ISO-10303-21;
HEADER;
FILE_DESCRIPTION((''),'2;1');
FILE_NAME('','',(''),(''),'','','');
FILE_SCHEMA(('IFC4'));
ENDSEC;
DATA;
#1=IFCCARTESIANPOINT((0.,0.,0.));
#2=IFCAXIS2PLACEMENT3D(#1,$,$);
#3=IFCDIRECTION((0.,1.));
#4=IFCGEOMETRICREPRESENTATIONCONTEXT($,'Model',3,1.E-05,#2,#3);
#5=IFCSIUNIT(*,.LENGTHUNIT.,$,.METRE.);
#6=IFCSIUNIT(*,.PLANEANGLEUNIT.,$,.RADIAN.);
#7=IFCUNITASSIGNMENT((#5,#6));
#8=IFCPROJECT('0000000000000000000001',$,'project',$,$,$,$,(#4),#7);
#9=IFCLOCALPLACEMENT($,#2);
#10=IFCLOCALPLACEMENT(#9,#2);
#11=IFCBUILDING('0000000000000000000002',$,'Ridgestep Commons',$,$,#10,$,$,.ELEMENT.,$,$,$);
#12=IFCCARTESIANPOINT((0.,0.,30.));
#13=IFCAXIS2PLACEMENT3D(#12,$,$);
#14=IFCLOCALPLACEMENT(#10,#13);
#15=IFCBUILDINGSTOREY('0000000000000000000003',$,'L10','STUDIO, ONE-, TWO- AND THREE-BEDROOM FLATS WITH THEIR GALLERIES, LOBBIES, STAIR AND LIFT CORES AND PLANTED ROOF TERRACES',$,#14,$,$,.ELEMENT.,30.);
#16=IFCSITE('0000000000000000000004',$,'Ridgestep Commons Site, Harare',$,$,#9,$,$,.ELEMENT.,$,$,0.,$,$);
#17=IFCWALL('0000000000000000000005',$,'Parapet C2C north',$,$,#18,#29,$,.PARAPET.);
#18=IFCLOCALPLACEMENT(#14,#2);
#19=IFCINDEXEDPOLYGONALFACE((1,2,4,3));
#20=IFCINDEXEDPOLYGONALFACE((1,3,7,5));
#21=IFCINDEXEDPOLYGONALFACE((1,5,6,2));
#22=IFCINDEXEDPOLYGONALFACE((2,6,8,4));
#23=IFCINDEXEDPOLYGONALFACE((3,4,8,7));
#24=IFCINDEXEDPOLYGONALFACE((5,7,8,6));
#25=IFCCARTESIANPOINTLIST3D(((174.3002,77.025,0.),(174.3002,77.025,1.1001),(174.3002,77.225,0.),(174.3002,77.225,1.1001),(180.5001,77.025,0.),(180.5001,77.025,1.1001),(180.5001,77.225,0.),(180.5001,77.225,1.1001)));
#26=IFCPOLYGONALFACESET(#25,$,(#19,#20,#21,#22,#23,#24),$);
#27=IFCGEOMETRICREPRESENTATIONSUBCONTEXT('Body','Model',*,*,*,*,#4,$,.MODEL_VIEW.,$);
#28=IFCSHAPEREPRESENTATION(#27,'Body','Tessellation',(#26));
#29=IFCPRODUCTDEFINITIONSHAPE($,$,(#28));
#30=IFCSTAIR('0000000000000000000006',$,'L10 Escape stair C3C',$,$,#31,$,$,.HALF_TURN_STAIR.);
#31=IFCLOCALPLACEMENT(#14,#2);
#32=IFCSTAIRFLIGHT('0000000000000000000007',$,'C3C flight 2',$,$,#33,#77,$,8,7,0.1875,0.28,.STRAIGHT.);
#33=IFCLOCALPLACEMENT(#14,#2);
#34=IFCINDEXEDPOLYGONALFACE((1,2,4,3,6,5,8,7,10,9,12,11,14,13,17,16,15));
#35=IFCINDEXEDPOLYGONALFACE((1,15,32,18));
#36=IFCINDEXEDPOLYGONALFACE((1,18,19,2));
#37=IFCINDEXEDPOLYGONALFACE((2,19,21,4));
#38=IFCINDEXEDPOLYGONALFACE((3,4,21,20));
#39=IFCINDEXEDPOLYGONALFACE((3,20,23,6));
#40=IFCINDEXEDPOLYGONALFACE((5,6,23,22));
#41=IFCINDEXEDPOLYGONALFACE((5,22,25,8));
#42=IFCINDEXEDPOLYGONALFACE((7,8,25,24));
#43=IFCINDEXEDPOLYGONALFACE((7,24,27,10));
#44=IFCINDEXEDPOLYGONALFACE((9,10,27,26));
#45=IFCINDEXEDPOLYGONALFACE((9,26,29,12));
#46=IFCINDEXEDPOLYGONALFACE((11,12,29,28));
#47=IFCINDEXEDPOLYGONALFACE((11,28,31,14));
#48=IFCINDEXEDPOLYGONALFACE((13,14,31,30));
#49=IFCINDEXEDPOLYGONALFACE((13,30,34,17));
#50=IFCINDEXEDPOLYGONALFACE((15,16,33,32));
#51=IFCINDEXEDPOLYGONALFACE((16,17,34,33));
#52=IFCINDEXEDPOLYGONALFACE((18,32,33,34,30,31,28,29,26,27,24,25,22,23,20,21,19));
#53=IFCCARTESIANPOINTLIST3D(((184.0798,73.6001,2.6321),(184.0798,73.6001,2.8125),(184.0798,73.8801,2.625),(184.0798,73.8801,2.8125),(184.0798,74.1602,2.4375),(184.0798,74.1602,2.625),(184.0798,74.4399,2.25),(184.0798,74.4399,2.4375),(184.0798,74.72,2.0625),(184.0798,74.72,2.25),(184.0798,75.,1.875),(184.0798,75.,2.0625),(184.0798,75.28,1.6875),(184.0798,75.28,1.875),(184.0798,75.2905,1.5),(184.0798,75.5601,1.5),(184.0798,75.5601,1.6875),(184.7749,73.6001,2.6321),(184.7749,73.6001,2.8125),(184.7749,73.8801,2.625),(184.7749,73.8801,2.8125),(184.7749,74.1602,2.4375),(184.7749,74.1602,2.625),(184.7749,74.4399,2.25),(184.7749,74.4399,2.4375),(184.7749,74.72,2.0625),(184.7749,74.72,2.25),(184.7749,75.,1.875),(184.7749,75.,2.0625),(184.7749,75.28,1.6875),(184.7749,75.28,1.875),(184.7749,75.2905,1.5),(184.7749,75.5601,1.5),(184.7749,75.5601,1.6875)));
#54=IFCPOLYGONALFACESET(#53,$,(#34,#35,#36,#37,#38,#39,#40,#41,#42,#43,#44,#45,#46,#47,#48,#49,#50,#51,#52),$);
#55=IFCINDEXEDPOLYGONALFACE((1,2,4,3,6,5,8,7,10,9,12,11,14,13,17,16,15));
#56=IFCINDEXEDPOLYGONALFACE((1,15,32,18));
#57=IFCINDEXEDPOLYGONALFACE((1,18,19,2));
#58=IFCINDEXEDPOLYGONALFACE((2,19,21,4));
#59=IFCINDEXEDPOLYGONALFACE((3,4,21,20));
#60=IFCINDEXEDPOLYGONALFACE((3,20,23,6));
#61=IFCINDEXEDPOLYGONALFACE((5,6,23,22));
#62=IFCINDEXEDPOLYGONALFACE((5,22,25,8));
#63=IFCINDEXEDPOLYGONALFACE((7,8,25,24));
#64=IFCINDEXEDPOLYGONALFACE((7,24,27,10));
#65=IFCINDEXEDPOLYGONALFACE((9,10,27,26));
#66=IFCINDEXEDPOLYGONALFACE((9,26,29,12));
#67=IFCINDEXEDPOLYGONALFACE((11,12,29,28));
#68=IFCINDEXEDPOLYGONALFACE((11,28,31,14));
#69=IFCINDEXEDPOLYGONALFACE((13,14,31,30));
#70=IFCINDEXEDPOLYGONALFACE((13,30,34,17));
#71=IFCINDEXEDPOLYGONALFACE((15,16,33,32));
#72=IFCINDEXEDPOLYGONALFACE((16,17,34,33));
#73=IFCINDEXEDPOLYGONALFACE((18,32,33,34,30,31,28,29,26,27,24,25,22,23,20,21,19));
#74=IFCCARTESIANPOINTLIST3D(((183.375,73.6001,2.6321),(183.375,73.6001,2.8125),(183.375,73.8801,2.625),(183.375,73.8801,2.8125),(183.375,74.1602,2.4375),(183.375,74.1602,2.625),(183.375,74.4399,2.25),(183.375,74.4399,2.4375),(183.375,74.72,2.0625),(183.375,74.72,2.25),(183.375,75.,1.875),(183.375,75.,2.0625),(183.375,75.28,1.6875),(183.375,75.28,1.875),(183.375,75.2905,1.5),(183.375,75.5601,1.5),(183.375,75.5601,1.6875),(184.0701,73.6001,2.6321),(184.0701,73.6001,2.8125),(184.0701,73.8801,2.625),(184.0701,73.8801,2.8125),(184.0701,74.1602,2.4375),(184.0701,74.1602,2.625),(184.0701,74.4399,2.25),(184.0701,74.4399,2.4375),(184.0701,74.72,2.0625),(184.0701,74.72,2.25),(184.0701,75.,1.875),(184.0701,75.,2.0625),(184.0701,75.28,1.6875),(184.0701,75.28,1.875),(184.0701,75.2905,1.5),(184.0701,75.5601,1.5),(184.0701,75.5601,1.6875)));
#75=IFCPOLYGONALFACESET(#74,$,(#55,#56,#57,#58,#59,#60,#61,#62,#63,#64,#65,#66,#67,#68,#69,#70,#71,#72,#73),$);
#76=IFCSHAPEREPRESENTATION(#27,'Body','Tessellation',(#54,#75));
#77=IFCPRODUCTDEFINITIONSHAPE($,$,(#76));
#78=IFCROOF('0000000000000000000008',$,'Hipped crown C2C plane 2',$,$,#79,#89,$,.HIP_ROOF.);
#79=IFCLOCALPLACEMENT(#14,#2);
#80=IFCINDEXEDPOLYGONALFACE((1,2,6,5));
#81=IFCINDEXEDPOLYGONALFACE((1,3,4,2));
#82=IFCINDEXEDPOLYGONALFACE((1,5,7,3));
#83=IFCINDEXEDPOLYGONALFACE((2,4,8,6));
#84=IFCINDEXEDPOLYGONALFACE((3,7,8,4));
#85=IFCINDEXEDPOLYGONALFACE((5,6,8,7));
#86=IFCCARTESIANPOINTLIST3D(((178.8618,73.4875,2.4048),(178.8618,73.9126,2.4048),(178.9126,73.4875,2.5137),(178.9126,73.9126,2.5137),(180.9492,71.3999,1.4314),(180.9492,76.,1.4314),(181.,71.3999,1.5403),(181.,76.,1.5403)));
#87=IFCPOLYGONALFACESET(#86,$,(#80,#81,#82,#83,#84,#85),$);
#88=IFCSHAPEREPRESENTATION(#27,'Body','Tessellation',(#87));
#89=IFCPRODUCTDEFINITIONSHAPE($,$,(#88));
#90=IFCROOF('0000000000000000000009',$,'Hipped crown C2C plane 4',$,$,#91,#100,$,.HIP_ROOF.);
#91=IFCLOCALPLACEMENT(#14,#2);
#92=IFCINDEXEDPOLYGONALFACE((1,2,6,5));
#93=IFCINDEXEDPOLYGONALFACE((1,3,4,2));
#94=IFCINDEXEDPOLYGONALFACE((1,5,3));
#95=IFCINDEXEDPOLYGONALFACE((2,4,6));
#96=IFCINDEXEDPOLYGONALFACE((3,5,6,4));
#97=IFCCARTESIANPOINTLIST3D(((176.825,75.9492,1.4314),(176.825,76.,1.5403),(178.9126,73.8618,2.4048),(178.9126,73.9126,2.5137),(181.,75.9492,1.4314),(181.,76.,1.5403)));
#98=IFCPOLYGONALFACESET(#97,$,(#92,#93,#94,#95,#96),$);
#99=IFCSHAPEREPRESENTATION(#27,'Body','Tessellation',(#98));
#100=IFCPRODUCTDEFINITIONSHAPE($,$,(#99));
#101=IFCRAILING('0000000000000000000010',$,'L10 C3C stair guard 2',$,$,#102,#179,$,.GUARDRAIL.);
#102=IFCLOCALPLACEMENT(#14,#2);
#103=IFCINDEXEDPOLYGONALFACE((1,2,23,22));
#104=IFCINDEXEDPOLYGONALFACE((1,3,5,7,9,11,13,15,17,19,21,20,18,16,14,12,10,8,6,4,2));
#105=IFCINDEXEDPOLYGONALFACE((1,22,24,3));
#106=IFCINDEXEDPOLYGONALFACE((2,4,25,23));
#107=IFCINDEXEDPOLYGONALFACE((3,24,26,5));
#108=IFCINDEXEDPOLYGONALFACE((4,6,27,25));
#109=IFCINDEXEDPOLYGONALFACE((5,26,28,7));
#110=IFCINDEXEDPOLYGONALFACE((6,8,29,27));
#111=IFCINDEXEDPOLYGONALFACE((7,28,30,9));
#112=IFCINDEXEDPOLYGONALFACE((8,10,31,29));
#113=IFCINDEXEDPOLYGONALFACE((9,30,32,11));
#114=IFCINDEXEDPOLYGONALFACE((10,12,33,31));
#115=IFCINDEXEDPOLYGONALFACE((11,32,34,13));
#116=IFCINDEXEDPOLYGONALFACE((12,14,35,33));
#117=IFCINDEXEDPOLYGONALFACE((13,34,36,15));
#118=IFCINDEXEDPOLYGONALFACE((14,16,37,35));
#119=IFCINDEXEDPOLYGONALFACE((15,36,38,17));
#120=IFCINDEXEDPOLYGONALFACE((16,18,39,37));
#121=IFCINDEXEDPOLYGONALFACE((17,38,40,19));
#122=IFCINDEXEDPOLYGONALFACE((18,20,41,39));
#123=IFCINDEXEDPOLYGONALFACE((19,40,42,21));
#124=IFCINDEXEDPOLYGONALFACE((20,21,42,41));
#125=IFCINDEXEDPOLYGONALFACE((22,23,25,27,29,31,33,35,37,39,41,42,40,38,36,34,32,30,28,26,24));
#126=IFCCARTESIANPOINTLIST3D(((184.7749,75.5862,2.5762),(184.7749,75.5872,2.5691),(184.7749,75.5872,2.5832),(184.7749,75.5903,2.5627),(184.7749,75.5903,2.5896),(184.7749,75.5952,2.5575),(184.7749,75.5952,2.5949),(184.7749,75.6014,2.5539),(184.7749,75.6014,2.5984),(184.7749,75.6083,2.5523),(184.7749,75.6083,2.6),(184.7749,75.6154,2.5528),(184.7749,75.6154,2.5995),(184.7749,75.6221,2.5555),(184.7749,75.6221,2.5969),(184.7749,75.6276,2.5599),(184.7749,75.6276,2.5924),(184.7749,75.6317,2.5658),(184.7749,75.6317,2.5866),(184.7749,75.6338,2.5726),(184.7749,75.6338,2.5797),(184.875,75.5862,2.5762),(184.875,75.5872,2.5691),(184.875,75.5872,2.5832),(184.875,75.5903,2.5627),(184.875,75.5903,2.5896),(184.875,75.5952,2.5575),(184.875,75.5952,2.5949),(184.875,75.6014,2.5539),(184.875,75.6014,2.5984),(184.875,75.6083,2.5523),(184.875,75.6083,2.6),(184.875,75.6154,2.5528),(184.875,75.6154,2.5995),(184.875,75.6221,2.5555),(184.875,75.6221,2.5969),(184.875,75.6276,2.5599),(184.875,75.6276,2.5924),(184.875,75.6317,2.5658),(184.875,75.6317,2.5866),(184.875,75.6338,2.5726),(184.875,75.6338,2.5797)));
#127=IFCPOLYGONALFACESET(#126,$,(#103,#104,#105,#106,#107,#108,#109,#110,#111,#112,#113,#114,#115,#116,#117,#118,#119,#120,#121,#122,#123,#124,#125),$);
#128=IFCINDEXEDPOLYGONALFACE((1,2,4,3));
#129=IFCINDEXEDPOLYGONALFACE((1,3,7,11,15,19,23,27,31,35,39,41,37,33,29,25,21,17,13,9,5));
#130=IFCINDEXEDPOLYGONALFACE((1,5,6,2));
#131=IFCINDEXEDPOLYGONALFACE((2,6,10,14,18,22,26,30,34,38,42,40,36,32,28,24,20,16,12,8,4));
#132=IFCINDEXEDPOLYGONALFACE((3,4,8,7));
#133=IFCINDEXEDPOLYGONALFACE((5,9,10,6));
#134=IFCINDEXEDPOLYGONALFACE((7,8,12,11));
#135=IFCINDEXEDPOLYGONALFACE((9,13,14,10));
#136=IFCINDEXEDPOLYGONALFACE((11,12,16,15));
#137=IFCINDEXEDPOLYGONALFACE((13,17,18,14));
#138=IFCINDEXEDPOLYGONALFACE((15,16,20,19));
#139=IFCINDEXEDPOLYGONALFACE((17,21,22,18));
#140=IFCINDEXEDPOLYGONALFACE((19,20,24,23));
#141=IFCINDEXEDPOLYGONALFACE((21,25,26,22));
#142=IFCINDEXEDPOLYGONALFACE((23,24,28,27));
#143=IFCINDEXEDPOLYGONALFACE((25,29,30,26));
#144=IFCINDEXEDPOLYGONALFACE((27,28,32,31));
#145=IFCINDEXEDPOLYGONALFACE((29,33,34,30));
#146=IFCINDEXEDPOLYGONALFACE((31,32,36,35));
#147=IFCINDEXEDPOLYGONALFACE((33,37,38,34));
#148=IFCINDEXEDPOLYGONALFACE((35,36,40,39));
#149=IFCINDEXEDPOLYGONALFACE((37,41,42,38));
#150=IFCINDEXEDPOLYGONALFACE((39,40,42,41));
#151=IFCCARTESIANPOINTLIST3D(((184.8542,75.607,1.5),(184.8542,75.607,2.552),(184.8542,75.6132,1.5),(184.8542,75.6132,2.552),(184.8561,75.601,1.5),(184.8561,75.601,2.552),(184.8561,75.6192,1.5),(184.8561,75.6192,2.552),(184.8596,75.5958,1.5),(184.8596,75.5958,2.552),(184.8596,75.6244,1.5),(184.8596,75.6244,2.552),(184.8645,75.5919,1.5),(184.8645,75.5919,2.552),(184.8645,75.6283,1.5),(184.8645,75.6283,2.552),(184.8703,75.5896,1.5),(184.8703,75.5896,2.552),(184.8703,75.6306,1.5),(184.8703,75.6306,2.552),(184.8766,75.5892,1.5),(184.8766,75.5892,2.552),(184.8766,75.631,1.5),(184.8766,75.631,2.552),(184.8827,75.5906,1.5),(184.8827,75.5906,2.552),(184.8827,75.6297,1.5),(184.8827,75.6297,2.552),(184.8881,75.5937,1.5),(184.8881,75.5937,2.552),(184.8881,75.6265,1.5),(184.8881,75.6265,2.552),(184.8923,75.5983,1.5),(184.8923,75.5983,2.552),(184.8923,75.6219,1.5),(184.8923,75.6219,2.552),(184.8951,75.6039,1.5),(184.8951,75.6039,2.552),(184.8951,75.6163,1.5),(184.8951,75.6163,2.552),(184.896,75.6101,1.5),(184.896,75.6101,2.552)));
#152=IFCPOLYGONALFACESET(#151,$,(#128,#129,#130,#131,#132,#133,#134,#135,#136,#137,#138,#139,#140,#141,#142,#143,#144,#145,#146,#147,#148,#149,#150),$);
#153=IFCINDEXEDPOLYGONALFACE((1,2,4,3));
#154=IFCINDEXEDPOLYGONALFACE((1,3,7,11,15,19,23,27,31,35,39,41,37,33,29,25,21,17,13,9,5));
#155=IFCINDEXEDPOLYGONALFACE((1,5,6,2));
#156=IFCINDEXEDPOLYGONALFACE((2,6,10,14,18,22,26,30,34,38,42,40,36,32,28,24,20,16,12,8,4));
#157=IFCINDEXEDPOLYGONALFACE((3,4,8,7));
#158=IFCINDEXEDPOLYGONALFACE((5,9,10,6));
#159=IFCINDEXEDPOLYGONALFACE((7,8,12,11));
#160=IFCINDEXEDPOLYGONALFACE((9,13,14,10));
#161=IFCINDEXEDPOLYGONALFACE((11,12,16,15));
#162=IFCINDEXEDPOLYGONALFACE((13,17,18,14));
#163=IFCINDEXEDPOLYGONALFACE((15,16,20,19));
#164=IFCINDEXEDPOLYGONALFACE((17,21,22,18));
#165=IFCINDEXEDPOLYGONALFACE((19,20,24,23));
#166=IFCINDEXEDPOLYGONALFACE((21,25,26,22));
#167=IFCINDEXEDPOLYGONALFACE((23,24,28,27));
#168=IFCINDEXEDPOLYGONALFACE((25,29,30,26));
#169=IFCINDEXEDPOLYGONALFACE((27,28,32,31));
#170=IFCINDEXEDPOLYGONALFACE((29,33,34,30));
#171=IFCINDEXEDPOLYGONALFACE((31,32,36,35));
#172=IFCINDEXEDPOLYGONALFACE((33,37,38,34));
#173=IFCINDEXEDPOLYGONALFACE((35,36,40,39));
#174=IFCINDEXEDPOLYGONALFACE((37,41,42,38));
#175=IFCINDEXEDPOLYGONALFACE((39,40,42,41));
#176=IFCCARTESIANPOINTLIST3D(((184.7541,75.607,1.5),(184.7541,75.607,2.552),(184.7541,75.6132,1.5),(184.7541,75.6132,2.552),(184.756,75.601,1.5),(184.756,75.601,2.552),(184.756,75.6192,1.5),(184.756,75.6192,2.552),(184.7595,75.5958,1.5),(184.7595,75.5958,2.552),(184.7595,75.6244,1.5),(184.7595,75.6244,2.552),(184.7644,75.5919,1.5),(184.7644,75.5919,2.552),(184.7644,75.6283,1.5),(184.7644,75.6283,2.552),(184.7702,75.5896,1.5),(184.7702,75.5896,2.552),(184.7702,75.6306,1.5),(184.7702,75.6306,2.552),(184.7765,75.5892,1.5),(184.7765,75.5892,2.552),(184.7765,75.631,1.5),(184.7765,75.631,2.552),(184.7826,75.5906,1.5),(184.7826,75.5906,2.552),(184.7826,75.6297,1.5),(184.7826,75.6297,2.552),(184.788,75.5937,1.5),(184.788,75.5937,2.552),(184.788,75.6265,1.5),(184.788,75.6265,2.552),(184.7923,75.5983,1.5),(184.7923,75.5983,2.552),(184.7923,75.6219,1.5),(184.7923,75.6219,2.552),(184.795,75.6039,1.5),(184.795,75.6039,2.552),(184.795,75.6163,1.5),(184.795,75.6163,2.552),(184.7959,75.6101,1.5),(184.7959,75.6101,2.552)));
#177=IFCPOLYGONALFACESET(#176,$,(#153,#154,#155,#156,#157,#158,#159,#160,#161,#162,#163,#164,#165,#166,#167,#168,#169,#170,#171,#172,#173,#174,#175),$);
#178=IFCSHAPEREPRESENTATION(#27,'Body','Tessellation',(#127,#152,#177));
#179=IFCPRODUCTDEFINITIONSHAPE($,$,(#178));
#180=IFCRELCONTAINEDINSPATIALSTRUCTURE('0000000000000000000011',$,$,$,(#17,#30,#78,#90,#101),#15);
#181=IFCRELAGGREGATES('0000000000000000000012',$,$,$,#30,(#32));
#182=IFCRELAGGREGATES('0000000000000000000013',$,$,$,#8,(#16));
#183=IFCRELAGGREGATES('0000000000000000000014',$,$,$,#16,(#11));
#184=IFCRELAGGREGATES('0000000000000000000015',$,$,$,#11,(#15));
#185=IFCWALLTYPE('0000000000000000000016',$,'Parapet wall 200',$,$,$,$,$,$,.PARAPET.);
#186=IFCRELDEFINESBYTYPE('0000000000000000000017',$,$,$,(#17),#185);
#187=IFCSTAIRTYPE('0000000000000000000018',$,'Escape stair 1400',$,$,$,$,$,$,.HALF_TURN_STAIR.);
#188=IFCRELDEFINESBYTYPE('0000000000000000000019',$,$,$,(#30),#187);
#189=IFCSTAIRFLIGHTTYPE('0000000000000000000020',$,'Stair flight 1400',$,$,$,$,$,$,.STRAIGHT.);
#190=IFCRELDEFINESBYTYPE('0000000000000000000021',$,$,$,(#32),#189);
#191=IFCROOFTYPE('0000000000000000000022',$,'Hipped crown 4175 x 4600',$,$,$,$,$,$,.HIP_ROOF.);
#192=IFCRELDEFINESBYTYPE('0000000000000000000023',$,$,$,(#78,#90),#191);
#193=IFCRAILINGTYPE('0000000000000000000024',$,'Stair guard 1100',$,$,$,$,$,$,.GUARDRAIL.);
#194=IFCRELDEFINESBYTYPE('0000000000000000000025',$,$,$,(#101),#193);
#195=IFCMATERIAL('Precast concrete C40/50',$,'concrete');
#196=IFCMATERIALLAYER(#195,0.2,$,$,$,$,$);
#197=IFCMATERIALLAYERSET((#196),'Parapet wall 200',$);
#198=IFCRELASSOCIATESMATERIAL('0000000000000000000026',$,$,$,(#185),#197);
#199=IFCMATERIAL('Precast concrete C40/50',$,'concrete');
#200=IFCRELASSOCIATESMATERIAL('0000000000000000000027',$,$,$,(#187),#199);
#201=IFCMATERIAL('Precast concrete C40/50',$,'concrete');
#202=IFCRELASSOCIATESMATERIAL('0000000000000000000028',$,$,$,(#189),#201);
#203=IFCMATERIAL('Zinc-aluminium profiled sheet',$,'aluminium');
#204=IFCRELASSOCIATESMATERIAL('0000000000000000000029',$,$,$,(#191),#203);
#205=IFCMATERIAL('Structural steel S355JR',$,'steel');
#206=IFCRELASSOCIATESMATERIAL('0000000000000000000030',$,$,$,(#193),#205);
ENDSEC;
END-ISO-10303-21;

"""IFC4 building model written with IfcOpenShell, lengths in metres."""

from ifc_helpers import new_model, si_unit, direction, frame, frame_2d, origin, origin_2d, place, context, subcontext, project, spatial, polyline, rectangle, circle, outline, extrude, material, layer, layer_set, type_object, element, aggregate, save


model = new_model("IFC4")

# Units and contexts
model_context = context("Model", 3, precision=1e-05, world=origin(), true_north=direction((0.0, 1.0)))
body_context = subcontext(model_context, "Body", "Model", "MODEL_VIEW")
ifc_project = project(units=[si_unit("LENGTHUNIT", "METRE"), si_unit("PLANEANGLEUNIT", "RADIAN")], contexts=[model_context])

# Site, building, storey
site_placement = place(None, origin())
site = spatial("IfcSite", under=ifc_project, at=site_placement, Name="Ridgestep Commons Site, Harare", CompositionType="ELEMENT", RefElevation=0.0)
building_placement = place(site_placement, origin())
building = spatial("IfcBuilding", under=site, at=building_placement, Name="Ridgestep Commons", CompositionType="ELEMENT")
storey_placement = place(building_placement, frame((0.0, 0.0, 30.0)))
storey = spatial("IfcBuildingStorey", under=building, at=storey_placement, Name="L10", Description="STUDIO, ONE-, TWO- AND THREE-BEDROOM FLATS WITH THEIR GALLERIES, LOBBIES, STAIR AND LIFT CORES AND PLANTED ROOF TERRACES", CompositionType="ELEMENT", Elevation=30.0)

# Wall
ifc_material_1 = material(Name="Precast concrete C40/50", Category="concrete")
ifc_layer_1 = layer(ifc_material_1, 0.2)
ifc_layer_set_1 = layer_set([ifc_layer_1], Name="Parapet wall 200")
wall_type_1 = type_object("IfcWallType", Name="Parapet wall 200", PredefinedType="PARAPET", material=ifc_layer_set_1)
wall_1_placement = place(storey_placement, frame((174.3, 77.125, 0.0), z_axis=(0.0, 0.0, 1.0), x_axis=(1.0, 0.0, 0.0)))
element("IfcWall", 1, at=wall_1_placement, inside=storey, type_object=wall_type_1, Name="Parapet C2C north", PredefinedType="PARAPET", context=body_context, shape_type="SweptSolid", body=[
    extrude(rectangle(XDim=6.2, YDim=0.2, at=frame_2d((3.1001, 0.0))), origin(), (0.0, 0.0, 1.0), 1.1001),
])

# Stair, stair flight
ifc_material_2 = material(Name="Precast concrete C40/50", Category="concrete")
stair_type = type_object("IfcStairType", Name="Escape stair 1400", PredefinedType="HALF_TURN_STAIR", material=ifc_material_2)
stair_placement = place(storey_placement, origin())
stair = element("IfcStair", 2, at=stair_placement, inside=storey, type_object=stair_type, Name="L10 Escape stair C3C", PredefinedType="HALF_TURN_STAIR")
ifc_material_3 = material(Name="Precast concrete C40/50", Category="concrete")
stair_flight_type = type_object("IfcStairFlightType", Name="Stair flight 1400", PredefinedType="STRAIGHT", material=ifc_material_3)
stair_flight_placement = place(storey_placement, frame((184.075, 75.5601, 1.5), z_axis=(0.0, 0.0, 1.0), x_axis=(0.0, -1.0, 0.0)))
stair_flight = element("IfcStairFlight", 3, at=stair_flight_placement, type_object=stair_flight_type, Name="C3C flight 2", NumberOfRisers=8, NumberOfTreads=7, PredefinedType="STRAIGHT", RiserHeight=0.1875, TreadLength=0.28, context=body_context, shape_type="SweptSolid", body=[
    extrude(outline(polyline([(0.0, 0.0), (0.0, 0.1875), (0.28, 0.1875), (0.28, 0.375), (0.5601, 0.375), (0.5601, 0.5625), (0.8401, 0.5625), (0.8401, 0.75), (1.1201, 0.75), (1.1201, 0.9375), (1.3999, 0.9375), (1.3999, 1.125), (1.6799, 1.125), (1.6799, 1.3125), (1.96, 1.3125), (1.96, 1.5), (1.96, 1.1321), (0.2695, 0.0), (0.0, 0.0)])), frame((0.0, 0.7, 0.0), z_axis=(0.0, -1.0, 0.0), x_axis=(1.0, 0.0, 0.0)), (0.0, 0.0, 1.0), 0.6951),
    extrude(outline(polyline([(0.0, 0.0), (0.0, 0.1875), (0.28, 0.1875), (0.28, 0.375), (0.5601, 0.375), (0.5601, 0.5625), (0.8401, 0.5625), (0.8401, 0.75), (1.1201, 0.75), (1.1201, 0.9375), (1.3999, 0.9375), (1.3999, 1.125), (1.6799, 1.125), (1.6799, 1.3125), (1.96, 1.3125), (1.96, 1.5), (1.96, 1.1321), (0.2695, 0.0), (0.0, 0.0)])), frame((0.0, -0.0049, 0.0), z_axis=(0.0, -1.0, 0.0), x_axis=(1.0, 0.0, 0.0)), (0.0, 0.0, 1.0), 0.6951),
])
aggregate(stair, [stair_flight])

# Roofs
ifc_material_4 = material(Name="Zinc-aluminium profiled sheet", Category="aluminium")
roof_type = type_object("IfcRoofType", Name="Hipped crown 4175 x 4600", PredefinedType="HIP_ROOF", material=ifc_material_4)
roof_1_placement = place(storey_placement, frame((181.0, 76.0, 1.5403), z_axis=(0.422624, 0.0, 0.906305), x_axis=(0.0, -1.0, 0.0)))
element("IfcRoof", 4, at=roof_1_placement, inside=storey, type_object=roof_type, Name="Hipped crown C2C plane 2", PredefinedType="HIP_ROOF", context=body_context, shape_type="SweptSolid", body=[
    extrude(outline(polyline([(0.0, 0.0), (4.6001, 0.0), (2.5125, -2.3032), (2.0874, -2.3032), (0.0, 0.0)])), origin(), (0.0, 0.0, -1.0), 0.1201),
])
roof_2_placement = place(storey_placement, frame((176.825, 76.0, 1.5403), z_axis=(0.0, 0.422624, 0.906305), x_axis=(1.0, 0.0, 0.0)))
element("IfcRoof", 5, at=roof_2_placement, inside=storey, type_object=roof_type, Name="Hipped crown C2C plane 4", PredefinedType="HIP_ROOF", context=body_context, shape_type="SweptSolid", body=[
    extrude(outline(polyline([(0.0, 0.0), (4.175, 0.0), (2.0876, -2.3032), (0.0, 0.0)])), origin(), (0.0, 0.0, -1.0), 0.1201),
])

# Railing
ifc_material_5 = material(Name="Structural steel S355JR", Category="steel")
railing_type_1 = type_object("IfcRailingType", Name="Stair guard 1100", PredefinedType="GUARDRAIL", material=ifc_material_5)
railing_1_placement = place(storey_placement, frame((184.875, 75.6101, 1.5)))
element("IfcRailing", 6, at=railing_1_placement, inside=storey, type_object=railing_type_1, Name="L10 C3C stair guard 2", PredefinedType="GUARDRAIL", context=body_context, shape_type="SweptSolid", body=[
    extrude(circle(Radius=0.0239, at=origin_2d()), frame((0.0, 0.0, 1.0762), z_axis=(-1.0, 0.0, 0.0), x_axis=(0.0, -1.0, 0.0)), (0.0, 0.0, 1.0), 0.1001),
    extrude(circle(Radius=0.021, at=origin_2d()), origin(), (0.0, 0.0, 1.0), 1.052),
    extrude(circle(Radius=0.021, at=origin_2d()), frame((-0.1001, 0.0, 0.0)), (0.0, 0.0, 1.0), 1.052),
])

save(model, "model.ifc")
